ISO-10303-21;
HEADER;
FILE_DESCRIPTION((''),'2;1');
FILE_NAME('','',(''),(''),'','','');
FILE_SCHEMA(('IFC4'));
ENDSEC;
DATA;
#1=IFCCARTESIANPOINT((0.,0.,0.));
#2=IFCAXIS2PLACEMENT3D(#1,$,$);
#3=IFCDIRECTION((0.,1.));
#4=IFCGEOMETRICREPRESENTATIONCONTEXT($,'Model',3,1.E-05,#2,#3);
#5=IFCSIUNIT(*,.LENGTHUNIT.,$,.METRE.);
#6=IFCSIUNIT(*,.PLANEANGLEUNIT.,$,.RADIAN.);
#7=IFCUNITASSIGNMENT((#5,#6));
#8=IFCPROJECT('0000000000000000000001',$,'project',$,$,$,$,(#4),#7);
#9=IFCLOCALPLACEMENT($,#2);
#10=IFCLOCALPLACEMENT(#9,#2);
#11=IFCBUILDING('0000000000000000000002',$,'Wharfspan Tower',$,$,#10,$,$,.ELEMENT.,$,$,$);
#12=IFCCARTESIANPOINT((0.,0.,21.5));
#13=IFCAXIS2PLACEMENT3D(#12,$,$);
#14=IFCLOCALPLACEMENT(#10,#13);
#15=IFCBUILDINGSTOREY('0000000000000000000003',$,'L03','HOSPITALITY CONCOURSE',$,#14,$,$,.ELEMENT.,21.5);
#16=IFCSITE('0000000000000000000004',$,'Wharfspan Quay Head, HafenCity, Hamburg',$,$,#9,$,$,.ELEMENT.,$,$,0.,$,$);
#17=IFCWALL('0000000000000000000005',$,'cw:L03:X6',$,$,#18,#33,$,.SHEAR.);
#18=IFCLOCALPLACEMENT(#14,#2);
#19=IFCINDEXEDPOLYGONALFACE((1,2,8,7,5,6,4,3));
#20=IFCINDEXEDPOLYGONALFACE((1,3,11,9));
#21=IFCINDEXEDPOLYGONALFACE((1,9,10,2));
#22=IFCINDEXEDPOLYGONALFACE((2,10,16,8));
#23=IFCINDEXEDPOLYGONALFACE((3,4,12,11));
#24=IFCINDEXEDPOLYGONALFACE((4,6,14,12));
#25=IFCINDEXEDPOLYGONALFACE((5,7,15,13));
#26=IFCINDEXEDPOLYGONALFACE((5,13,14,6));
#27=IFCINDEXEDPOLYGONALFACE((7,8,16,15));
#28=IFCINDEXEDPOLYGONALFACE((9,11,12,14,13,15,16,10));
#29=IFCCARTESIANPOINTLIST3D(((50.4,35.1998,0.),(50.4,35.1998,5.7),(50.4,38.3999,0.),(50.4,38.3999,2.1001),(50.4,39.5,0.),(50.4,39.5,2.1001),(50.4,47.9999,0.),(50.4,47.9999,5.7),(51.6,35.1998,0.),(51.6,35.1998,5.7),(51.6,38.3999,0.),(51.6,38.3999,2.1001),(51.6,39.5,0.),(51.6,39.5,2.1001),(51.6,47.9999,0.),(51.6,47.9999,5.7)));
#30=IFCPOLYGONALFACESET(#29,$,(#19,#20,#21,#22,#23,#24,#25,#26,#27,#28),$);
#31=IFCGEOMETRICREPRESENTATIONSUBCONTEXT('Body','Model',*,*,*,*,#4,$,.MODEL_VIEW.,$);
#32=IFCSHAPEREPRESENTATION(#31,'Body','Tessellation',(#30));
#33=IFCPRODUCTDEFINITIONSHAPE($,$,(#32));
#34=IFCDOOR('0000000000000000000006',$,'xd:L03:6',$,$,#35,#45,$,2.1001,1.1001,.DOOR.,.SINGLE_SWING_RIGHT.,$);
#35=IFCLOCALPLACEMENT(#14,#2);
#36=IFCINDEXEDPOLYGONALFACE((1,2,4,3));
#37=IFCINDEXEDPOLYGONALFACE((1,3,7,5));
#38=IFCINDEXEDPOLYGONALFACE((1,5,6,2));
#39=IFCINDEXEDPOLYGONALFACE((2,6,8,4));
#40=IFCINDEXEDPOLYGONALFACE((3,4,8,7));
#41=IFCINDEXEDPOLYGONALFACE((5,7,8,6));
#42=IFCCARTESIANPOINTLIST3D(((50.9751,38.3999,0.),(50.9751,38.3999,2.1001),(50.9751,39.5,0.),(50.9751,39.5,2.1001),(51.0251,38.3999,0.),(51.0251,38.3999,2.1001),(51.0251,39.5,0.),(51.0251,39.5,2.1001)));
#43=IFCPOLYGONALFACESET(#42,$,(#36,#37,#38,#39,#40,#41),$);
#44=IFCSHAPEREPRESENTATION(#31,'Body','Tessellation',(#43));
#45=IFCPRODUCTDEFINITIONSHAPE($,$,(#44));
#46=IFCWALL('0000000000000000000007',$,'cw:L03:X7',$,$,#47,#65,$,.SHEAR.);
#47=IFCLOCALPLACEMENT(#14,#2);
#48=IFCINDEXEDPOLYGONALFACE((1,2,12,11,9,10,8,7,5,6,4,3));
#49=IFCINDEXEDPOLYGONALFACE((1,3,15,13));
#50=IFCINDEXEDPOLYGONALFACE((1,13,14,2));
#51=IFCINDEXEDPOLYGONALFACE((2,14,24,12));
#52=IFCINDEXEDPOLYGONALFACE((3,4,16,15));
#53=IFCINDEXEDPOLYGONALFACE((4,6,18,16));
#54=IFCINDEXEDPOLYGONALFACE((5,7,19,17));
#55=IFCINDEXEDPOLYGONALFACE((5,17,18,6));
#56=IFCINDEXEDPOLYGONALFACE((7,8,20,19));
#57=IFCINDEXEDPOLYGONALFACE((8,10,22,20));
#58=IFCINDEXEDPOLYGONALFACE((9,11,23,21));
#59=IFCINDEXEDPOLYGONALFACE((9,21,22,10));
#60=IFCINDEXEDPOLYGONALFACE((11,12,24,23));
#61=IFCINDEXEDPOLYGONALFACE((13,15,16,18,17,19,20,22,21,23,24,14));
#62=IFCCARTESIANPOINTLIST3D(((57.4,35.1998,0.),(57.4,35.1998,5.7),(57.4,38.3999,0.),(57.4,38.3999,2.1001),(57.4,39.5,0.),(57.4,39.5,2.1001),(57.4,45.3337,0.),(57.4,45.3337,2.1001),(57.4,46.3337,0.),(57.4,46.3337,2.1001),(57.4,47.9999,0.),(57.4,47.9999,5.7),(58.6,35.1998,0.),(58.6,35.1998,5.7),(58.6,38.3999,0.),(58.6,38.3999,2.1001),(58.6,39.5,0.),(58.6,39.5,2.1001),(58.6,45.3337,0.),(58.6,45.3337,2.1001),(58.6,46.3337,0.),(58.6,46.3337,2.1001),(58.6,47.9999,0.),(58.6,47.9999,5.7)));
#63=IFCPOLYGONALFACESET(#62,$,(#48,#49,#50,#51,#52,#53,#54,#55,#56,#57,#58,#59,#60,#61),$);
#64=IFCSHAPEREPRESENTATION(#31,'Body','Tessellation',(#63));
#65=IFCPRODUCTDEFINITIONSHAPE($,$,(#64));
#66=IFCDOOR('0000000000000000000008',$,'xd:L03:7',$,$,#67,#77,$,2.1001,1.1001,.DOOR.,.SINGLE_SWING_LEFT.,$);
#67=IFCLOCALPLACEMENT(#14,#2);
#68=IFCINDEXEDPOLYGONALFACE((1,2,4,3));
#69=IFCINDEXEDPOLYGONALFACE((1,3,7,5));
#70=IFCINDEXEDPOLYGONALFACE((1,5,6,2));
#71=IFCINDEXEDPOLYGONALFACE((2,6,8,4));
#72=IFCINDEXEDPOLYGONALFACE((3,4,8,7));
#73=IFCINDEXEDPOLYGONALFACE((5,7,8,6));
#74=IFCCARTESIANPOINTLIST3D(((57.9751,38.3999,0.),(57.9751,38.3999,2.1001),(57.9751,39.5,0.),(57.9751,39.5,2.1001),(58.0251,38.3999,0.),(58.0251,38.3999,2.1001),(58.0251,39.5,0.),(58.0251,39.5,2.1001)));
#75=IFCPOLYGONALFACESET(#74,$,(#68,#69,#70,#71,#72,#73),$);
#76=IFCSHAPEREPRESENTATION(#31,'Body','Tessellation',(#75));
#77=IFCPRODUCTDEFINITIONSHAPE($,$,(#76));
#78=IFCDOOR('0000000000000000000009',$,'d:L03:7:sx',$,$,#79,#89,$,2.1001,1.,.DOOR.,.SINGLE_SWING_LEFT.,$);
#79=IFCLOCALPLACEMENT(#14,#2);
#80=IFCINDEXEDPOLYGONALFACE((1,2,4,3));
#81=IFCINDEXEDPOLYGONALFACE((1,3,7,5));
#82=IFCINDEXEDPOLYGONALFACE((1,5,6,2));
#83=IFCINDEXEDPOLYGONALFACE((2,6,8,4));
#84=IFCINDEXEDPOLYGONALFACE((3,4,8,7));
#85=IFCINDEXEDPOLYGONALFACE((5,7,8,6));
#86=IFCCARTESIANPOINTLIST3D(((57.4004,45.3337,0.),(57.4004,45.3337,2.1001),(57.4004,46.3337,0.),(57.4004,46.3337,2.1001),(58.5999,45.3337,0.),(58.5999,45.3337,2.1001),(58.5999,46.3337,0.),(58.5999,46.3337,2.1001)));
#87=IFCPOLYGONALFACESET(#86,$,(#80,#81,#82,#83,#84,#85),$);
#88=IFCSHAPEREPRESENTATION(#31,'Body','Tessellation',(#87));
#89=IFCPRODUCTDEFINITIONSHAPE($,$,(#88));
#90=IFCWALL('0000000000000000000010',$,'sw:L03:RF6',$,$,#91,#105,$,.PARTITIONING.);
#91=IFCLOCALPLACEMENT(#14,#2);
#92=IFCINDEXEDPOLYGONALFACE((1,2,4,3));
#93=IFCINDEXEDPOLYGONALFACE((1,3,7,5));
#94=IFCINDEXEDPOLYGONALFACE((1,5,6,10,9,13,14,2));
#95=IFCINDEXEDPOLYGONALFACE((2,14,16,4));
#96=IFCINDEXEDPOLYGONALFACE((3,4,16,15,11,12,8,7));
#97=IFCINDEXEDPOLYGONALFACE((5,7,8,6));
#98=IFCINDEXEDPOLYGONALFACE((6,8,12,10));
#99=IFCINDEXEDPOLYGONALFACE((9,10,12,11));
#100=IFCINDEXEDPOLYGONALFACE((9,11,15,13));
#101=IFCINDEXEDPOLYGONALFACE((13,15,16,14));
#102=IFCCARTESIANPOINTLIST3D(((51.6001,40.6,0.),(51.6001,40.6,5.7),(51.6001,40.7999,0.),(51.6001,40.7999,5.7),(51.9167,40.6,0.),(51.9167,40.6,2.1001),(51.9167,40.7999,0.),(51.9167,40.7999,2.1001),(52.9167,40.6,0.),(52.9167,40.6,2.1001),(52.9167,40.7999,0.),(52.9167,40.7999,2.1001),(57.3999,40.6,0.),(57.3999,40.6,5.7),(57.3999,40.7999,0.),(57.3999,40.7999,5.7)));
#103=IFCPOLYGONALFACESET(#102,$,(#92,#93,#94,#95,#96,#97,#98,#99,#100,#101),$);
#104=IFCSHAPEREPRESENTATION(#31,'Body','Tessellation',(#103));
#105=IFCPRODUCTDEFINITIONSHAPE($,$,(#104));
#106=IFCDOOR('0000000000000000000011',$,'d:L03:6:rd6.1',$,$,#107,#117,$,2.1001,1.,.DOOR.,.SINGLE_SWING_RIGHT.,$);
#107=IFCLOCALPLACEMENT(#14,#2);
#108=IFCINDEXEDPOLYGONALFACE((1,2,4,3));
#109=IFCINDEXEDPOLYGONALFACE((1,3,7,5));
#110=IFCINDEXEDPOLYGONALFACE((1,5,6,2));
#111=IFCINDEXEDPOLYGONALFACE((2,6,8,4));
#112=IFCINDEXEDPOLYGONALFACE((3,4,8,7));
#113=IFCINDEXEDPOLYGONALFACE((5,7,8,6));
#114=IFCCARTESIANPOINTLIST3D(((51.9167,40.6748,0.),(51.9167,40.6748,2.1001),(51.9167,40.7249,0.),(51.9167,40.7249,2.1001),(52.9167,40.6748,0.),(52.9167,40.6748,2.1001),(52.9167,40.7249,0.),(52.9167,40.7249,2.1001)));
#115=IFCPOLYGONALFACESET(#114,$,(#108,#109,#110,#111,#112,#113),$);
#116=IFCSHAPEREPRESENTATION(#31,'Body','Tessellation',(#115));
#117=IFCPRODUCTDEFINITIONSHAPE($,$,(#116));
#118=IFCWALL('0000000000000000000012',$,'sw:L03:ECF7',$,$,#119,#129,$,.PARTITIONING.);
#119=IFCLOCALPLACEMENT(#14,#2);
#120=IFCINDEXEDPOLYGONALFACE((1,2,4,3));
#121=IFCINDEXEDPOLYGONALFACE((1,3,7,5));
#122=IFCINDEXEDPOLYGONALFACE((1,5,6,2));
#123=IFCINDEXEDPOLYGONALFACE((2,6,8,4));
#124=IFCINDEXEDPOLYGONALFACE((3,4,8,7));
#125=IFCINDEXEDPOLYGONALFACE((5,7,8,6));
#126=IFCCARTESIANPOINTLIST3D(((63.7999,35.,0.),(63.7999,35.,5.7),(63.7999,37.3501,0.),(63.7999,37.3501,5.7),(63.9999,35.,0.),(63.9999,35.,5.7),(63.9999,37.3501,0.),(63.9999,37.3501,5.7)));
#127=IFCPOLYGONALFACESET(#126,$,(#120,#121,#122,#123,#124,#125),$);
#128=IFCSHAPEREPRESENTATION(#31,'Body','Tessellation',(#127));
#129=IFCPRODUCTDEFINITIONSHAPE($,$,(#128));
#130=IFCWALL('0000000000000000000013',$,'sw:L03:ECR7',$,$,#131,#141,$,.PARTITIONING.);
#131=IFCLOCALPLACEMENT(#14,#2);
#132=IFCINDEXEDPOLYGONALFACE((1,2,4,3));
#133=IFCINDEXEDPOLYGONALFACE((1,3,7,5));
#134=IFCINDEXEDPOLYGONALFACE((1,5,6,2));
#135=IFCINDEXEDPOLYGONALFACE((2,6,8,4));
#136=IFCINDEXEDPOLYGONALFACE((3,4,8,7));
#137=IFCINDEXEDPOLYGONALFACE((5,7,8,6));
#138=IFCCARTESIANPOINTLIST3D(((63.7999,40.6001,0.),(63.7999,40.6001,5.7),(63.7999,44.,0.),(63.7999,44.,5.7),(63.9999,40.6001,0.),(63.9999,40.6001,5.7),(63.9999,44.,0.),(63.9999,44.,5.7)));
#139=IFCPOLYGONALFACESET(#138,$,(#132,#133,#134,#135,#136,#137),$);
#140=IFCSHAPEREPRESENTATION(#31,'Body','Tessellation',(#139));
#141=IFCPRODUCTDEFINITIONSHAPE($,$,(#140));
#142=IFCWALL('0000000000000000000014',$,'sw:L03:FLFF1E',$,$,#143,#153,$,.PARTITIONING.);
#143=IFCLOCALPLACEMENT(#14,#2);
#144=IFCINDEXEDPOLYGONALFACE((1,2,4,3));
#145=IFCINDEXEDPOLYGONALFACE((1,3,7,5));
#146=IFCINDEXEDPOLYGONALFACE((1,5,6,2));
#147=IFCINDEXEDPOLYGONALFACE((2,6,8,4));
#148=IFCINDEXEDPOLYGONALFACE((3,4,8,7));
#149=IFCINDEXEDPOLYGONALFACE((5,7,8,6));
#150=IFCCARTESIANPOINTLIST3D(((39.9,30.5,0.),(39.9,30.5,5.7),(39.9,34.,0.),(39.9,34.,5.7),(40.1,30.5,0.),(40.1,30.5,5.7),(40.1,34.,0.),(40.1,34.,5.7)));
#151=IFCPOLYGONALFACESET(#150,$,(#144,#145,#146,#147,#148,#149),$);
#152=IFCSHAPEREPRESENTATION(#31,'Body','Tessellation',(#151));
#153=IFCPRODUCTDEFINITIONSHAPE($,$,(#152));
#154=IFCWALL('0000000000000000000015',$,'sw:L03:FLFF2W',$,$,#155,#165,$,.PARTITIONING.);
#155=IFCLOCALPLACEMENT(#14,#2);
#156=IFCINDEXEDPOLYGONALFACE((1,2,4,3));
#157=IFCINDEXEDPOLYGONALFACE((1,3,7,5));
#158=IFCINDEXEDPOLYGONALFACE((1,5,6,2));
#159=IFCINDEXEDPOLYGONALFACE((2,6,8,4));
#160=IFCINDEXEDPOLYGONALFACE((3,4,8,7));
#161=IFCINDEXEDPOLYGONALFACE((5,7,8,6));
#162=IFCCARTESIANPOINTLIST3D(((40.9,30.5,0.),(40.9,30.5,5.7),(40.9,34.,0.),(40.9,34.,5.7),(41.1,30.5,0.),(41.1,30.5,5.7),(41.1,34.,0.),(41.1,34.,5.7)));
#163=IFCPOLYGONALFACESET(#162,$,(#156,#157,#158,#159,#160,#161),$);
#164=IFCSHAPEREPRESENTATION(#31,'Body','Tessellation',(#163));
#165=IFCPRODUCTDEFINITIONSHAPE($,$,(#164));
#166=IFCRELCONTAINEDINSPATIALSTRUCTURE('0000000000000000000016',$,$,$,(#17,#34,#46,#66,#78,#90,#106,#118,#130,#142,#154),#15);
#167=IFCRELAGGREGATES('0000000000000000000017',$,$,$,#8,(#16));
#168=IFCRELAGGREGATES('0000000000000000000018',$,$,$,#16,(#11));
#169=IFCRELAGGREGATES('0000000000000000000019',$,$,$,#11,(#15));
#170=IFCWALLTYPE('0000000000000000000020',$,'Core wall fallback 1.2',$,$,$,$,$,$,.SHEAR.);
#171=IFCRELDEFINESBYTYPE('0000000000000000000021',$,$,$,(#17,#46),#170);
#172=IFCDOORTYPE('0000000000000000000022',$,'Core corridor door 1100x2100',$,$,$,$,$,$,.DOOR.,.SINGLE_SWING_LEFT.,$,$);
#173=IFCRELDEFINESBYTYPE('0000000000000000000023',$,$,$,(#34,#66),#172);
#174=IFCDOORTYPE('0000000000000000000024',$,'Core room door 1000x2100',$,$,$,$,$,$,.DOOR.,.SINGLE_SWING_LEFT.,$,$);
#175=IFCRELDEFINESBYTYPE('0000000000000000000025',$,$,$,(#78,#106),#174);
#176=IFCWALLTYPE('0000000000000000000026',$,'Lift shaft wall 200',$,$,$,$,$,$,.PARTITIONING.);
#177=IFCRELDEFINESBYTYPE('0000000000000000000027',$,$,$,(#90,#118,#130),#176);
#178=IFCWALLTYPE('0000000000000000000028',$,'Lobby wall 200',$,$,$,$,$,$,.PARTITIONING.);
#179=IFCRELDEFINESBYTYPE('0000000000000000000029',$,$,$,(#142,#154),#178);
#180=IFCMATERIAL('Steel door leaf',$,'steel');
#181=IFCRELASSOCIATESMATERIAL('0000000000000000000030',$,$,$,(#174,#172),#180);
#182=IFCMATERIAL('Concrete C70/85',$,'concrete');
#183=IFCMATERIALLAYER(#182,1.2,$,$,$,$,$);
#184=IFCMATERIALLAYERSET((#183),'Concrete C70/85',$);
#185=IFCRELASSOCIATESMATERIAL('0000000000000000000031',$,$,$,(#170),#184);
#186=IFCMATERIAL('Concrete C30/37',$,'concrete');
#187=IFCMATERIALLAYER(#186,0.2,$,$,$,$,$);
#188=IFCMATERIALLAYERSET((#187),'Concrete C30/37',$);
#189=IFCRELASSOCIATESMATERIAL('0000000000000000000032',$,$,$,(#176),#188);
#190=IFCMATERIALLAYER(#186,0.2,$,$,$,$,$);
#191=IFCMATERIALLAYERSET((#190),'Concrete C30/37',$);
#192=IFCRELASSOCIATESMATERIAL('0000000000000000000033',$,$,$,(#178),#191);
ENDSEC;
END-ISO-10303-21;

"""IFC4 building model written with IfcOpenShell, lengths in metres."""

from ifc_helpers import new_model, si_unit, direction, frame, frame_2d, origin, place, context, subcontext, project, spatial, rectangle, extrude, material, layer, layer_set, type_object, element, fill, save


model = new_model("IFC4")

# Units and contexts
model_context = context("Model", 3, precision=1e-05, world=origin(), true_north=direction((0.0, 1.0)))
body_context = subcontext(model_context, "Body", "Model", "MODEL_VIEW")
ifc_project = project(units=[si_unit("LENGTHUNIT", "METRE"), si_unit("PLANEANGLEUNIT", "RADIAN")], contexts=[model_context])

# Site, building, storey
site_placement = place(None, origin())
site = spatial("IfcSite", under=ifc_project, at=site_placement, Name="Wharfspan Quay Head, HafenCity, Hamburg", CompositionType="ELEMENT", RefElevation=0.0)
building_placement = place(site_placement, origin())
building = spatial("IfcBuilding", under=site, at=building_placement, Name="Wharfspan Tower", CompositionType="ELEMENT")
storey_placement = place(building_placement, frame((0.0, 0.0, 21.5)))
storey = spatial("IfcBuildingStorey", under=building, at=storey_placement, Name="L03", Description="HOSPITALITY CONCOURSE", CompositionType="ELEMENT", Elevation=21.5)

# Shared definitions
ifc_material_1 = material(Name="Steel door leaf", Category="steel")
door_type_1 = type_object("IfcDoorType", Name="Core room door 1000x2100", OperationType="SINGLE_SWING_LEFT", PredefinedType="DOOR", material=ifc_material_1)

# Shared definitions
ifc_material_2 = material(Name="Concrete C70/85", Category="concrete")
ifc_layer_1 = layer(ifc_material_2, 1.2)
ifc_layer_set_1 = layer_set([ifc_layer_1], Name="Concrete C70/85")
wall_type_1 = type_object("IfcWallType", Name="Core wall fallback 1.2", PredefinedType="SHEAR", material=ifc_layer_set_1)
door_type_2 = type_object("IfcDoorType", Name="Core corridor door 1100x2100", OperationType="SINGLE_SWING_LEFT", PredefinedType="DOOR", material=ifc_material_1)

# Wall, opening, door
wall_1_placement = place(storey_placement, frame((51.0, 35.2, 0.0), z_axis=(0.0, 0.0, 1.0), x_axis=(0.0, 1.0, 0.0)))
wall_1 = element("IfcWall", 1, at=wall_1_placement, inside=storey, type_object=wall_type_1, Name="cw:L03:X6", PredefinedType="SHEAR", context=body_context, shape_type="SweptSolid", body=[
    extrude(rectangle(XDim=12.8, YDim=1.2, at=frame_2d((6.3999, 0.0))), origin(), (0.0, 0.0, 1.0), 5.7),
])
opening_1_placement = place(wall_1_placement, frame((3.2, 0.0, 0.0)))
opening_1 = element("IfcOpeningElement", 2, at=opening_1_placement, cuts=wall_1, PredefinedType="OPENING", context=body_context, shape_type="SweptSolid", body=[
    extrude(rectangle(XDim=1.1001, YDim=2.1001, at=frame_2d((0.55, 1.05))), frame((0.0, 0.6099, 0.0), z_axis=(0.0, -1.0, 0.0), x_axis=(1.0, 0.0, 0.0)), (0.0, 0.0, 1.0), 1.22),
])
door_1_placement = place(opening_1_placement, origin())
door_1 = element("IfcDoor", 3, at=door_1_placement, inside=storey, type_object=door_type_2, Name="xd:L03:6", OperationType="SINGLE_SWING_RIGHT", OverallHeight=2.1001, OverallWidth=1.1001, PredefinedType="DOOR", context=body_context, shape_type="SweptSolid", body=[
    extrude(rectangle(XDim=1.1001, YDim=2.1001, at=frame_2d((0.55, 1.05))), frame((0.0, 0.0249, 0.0), z_axis=(0.0, -1.0, 0.0), x_axis=(1.0, 0.0, 0.0)), (0.0, 0.0, 1.0), 0.05),
])
fill(opening_1, door_1)

# Wall, openings, doors
wall_2_placement = place(storey_placement, frame((58.0, 35.2, 0.0), z_axis=(0.0, 0.0, 1.0), x_axis=(0.0, 1.0, 0.0)))
wall_2 = element("IfcWall", 4, at=wall_2_placement, inside=storey, type_object=wall_type_1, Name="cw:L03:X7", PredefinedType="SHEAR", context=body_context, shape_type="SweptSolid", body=[
    extrude(rectangle(XDim=12.8, YDim=1.2, at=frame_2d((6.3999, 0.0))), origin(), (0.0, 0.0, 1.0), 5.7),
])
opening_2_placement = place(wall_2_placement, frame((10.1338, 0.0, 0.0)))
opening_2 = element("IfcOpeningElement", 5, at=opening_2_placement, cuts=wall_2, PredefinedType="OPENING", context=body_context, shape_type="SweptSolid", body=[
    extrude(rectangle(XDim=1.0, YDim=2.1001, at=frame_2d((0.5, 1.05))), frame((0.0, 0.6099, 0.0), z_axis=(0.0, -1.0, 0.0), x_axis=(1.0, 0.0, 0.0)), (0.0, 0.0, 1.0), 1.22),
])
opening_3_placement = place(wall_2_placement, frame((3.2, 0.0, 0.0)))
opening_3 = element("IfcOpeningElement", 6, at=opening_3_placement, cuts=wall_2, PredefinedType="OPENING", context=body_context, shape_type="SweptSolid", body=[
    extrude(rectangle(XDim=1.1001, YDim=2.1001, at=frame_2d((0.55, 1.05))), frame((0.0, 0.6099, 0.0), z_axis=(0.0, -1.0, 0.0), x_axis=(1.0, 0.0, 0.0)), (0.0, 0.0, 1.0), 1.22),
])
door_2_placement = place(opening_3_placement, origin())
door_2 = element("IfcDoor", 7, at=door_2_placement, inside=storey, type_object=door_type_2, Name="xd:L03:7", OperationType="SINGLE_SWING_LEFT", OverallHeight=2.1001, OverallWidth=1.1001, PredefinedType="DOOR", context=body_context, shape_type="SweptSolid", body=[
    extrude(rectangle(XDim=1.1001, YDim=2.1001, at=frame_2d((0.55, 1.05))), frame((0.0, 0.0249, 0.0), z_axis=(0.0, -1.0, 0.0), x_axis=(1.0, 0.0, 0.0)), (0.0, 0.0, 1.0), 0.05),
])
fill(opening_3, door_2)
door_3_placement = place(opening_2_placement, origin())
door_3 = element("IfcDoor", 8, at=door_3_placement, inside=storey, type_object=door_type_1, Name="d:L03:7:sx", OperationType="SINGLE_SWING_LEFT", OverallHeight=2.1001, OverallWidth=1.0, PredefinedType="DOOR", context=body_context, shape_type="SweptSolid", body=[
    extrude(rectangle(XDim=1.0, YDim=2.1001, at=frame_2d((0.5, 1.05))), frame((0.0, 0.5996, 0.0), z_axis=(0.0, -1.0, 0.0), x_axis=(1.0, 0.0, 0.0)), (0.0, 0.0, 1.0), 1.1995),
])
fill(opening_2, door_3)

# Wall, opening, door
ifc_material_3 = material(Name="Concrete C30/37", Category="concrete")
ifc_layer_2 = layer(ifc_material_3, 0.2)
ifc_layer_set_2 = layer_set([ifc_layer_2], Name="Concrete C30/37")
wall_type_2 = type_object("IfcWallType", Name="Lift shaft wall 200", PredefinedType="PARTITIONING", material=ifc_layer_set_2)
wall_3_placement = place(storey_placement, frame((51.6001, 40.7, 0.0), z_axis=(0.0, 0.0, 1.0), x_axis=(1.0, 0.0, 0.0)))
wall_3 = element("IfcWall", 9, at=wall_3_placement, inside=storey, type_object=wall_type_2, Name="sw:L03:RF6", PredefinedType="PARTITIONING", context=body_context, shape_type="SweptSolid", body=[
    extrude(rectangle(XDim=5.7998, YDim=0.2, at=frame_2d((2.8999, 0.0))), origin(), (0.0, 0.0, 1.0), 5.7),
])
opening_4_placement = place(wall_3_placement, frame((0.3166, 0.0, 0.0)))
opening_4 = element("IfcOpeningElement", 10, at=opening_4_placement, cuts=wall_3, PredefinedType="OPENING", context=body_context, shape_type="SweptSolid", body=[
    extrude(rectangle(XDim=1.0, YDim=2.1001, at=frame_2d((0.5, 1.05))), frame((0.0, 0.1099, 0.0), z_axis=(0.0, -1.0, 0.0), x_axis=(1.0, 0.0, 0.0)), (0.0, 0.0, 1.0), 0.22),
])
door_4_placement = place(opening_4_placement, origin())
door_4 = element("IfcDoor", 11, at=door_4_placement, inside=storey, type_object=door_type_1, Name="d:L03:6:rd6.1", OperationType="SINGLE_SWING_RIGHT", OverallHeight=2.1001, OverallWidth=1.0, PredefinedType="DOOR", context=body_context, shape_type="SweptSolid", body=[
    extrude(rectangle(XDim=1.0, YDim=2.1001, at=frame_2d((0.5, 1.05))), frame((0.0, 0.0249, 0.0), z_axis=(0.0, -1.0, 0.0), x_axis=(1.0, 0.0, 0.0)), (0.0, 0.0, 1.0), 0.05),
])
fill(opening_4, door_4)

# Walls
wall_4_placement = place(storey_placement, frame((63.8999, 35.0, 0.0), z_axis=(0.0, 0.0, 1.0), x_axis=(0.0, 1.0, 0.0)))
element("IfcWall", 12, at=wall_4_placement, inside=storey, type_object=wall_type_2, Name="sw:L03:ECF7", PredefinedType="PARTITIONING", context=body_context, shape_type="SweptSolid", body=[
    extrude(rectangle(XDim=2.3501, YDim=0.2, at=frame_2d((1.175, 0.0))), origin(), (0.0, 0.0, 1.0), 5.7),
])
wall_5_placement = place(storey_placement, frame((63.8999, 40.6001, 0.0), z_axis=(0.0, 0.0, 1.0), x_axis=(0.0, 1.0, 0.0)))
element("IfcWall", 13, at=wall_5_placement, inside=storey, type_object=wall_type_2, Name="sw:L03:ECR7", PredefinedType="PARTITIONING", context=body_context, shape_type="SweptSolid", body=[
    extrude(rectangle(XDim=3.3999, YDim=0.2, at=frame_2d((1.7, 0.0))), origin(), (0.0, 0.0, 1.0), 5.7),
])
ifc_layer_3 = layer(ifc_material_3, 0.2)
ifc_layer_set_3 = layer_set([ifc_layer_3], Name="Concrete C30/37")
wall_type_3 = type_object("IfcWallType", Name="Lobby wall 200", PredefinedType="PARTITIONING", material=ifc_layer_set_3)
for number, where, z_axis, x_axis, name in (
    (14, (40.0, 30.5, 0.0), (0.0, 0.0, 1.0), (0.0, 1.0, 0.0), "sw:L03:FLFF1E"),
    (15, (41.0, 30.5, 0.0), (0.0, 0.0, 1.0), (0.0, 1.0, 0.0), "sw:L03:FLFF2W"),
):
    element("IfcWall", number, at=place(storey_placement, frame(where, z_axis=z_axis, x_axis=x_axis)), inside=storey, type_object=wall_type_3, Name=name, PredefinedType="PARTITIONING", context=body_context, shape_type="SweptSolid", body=[
        extrude(rectangle(XDim=3.5, YDim=0.2, at=frame_2d((1.75, 0.0))), origin(), (0.0, 0.0, 1.0), 5.7),
    ])

save(model, "model.ifc")
